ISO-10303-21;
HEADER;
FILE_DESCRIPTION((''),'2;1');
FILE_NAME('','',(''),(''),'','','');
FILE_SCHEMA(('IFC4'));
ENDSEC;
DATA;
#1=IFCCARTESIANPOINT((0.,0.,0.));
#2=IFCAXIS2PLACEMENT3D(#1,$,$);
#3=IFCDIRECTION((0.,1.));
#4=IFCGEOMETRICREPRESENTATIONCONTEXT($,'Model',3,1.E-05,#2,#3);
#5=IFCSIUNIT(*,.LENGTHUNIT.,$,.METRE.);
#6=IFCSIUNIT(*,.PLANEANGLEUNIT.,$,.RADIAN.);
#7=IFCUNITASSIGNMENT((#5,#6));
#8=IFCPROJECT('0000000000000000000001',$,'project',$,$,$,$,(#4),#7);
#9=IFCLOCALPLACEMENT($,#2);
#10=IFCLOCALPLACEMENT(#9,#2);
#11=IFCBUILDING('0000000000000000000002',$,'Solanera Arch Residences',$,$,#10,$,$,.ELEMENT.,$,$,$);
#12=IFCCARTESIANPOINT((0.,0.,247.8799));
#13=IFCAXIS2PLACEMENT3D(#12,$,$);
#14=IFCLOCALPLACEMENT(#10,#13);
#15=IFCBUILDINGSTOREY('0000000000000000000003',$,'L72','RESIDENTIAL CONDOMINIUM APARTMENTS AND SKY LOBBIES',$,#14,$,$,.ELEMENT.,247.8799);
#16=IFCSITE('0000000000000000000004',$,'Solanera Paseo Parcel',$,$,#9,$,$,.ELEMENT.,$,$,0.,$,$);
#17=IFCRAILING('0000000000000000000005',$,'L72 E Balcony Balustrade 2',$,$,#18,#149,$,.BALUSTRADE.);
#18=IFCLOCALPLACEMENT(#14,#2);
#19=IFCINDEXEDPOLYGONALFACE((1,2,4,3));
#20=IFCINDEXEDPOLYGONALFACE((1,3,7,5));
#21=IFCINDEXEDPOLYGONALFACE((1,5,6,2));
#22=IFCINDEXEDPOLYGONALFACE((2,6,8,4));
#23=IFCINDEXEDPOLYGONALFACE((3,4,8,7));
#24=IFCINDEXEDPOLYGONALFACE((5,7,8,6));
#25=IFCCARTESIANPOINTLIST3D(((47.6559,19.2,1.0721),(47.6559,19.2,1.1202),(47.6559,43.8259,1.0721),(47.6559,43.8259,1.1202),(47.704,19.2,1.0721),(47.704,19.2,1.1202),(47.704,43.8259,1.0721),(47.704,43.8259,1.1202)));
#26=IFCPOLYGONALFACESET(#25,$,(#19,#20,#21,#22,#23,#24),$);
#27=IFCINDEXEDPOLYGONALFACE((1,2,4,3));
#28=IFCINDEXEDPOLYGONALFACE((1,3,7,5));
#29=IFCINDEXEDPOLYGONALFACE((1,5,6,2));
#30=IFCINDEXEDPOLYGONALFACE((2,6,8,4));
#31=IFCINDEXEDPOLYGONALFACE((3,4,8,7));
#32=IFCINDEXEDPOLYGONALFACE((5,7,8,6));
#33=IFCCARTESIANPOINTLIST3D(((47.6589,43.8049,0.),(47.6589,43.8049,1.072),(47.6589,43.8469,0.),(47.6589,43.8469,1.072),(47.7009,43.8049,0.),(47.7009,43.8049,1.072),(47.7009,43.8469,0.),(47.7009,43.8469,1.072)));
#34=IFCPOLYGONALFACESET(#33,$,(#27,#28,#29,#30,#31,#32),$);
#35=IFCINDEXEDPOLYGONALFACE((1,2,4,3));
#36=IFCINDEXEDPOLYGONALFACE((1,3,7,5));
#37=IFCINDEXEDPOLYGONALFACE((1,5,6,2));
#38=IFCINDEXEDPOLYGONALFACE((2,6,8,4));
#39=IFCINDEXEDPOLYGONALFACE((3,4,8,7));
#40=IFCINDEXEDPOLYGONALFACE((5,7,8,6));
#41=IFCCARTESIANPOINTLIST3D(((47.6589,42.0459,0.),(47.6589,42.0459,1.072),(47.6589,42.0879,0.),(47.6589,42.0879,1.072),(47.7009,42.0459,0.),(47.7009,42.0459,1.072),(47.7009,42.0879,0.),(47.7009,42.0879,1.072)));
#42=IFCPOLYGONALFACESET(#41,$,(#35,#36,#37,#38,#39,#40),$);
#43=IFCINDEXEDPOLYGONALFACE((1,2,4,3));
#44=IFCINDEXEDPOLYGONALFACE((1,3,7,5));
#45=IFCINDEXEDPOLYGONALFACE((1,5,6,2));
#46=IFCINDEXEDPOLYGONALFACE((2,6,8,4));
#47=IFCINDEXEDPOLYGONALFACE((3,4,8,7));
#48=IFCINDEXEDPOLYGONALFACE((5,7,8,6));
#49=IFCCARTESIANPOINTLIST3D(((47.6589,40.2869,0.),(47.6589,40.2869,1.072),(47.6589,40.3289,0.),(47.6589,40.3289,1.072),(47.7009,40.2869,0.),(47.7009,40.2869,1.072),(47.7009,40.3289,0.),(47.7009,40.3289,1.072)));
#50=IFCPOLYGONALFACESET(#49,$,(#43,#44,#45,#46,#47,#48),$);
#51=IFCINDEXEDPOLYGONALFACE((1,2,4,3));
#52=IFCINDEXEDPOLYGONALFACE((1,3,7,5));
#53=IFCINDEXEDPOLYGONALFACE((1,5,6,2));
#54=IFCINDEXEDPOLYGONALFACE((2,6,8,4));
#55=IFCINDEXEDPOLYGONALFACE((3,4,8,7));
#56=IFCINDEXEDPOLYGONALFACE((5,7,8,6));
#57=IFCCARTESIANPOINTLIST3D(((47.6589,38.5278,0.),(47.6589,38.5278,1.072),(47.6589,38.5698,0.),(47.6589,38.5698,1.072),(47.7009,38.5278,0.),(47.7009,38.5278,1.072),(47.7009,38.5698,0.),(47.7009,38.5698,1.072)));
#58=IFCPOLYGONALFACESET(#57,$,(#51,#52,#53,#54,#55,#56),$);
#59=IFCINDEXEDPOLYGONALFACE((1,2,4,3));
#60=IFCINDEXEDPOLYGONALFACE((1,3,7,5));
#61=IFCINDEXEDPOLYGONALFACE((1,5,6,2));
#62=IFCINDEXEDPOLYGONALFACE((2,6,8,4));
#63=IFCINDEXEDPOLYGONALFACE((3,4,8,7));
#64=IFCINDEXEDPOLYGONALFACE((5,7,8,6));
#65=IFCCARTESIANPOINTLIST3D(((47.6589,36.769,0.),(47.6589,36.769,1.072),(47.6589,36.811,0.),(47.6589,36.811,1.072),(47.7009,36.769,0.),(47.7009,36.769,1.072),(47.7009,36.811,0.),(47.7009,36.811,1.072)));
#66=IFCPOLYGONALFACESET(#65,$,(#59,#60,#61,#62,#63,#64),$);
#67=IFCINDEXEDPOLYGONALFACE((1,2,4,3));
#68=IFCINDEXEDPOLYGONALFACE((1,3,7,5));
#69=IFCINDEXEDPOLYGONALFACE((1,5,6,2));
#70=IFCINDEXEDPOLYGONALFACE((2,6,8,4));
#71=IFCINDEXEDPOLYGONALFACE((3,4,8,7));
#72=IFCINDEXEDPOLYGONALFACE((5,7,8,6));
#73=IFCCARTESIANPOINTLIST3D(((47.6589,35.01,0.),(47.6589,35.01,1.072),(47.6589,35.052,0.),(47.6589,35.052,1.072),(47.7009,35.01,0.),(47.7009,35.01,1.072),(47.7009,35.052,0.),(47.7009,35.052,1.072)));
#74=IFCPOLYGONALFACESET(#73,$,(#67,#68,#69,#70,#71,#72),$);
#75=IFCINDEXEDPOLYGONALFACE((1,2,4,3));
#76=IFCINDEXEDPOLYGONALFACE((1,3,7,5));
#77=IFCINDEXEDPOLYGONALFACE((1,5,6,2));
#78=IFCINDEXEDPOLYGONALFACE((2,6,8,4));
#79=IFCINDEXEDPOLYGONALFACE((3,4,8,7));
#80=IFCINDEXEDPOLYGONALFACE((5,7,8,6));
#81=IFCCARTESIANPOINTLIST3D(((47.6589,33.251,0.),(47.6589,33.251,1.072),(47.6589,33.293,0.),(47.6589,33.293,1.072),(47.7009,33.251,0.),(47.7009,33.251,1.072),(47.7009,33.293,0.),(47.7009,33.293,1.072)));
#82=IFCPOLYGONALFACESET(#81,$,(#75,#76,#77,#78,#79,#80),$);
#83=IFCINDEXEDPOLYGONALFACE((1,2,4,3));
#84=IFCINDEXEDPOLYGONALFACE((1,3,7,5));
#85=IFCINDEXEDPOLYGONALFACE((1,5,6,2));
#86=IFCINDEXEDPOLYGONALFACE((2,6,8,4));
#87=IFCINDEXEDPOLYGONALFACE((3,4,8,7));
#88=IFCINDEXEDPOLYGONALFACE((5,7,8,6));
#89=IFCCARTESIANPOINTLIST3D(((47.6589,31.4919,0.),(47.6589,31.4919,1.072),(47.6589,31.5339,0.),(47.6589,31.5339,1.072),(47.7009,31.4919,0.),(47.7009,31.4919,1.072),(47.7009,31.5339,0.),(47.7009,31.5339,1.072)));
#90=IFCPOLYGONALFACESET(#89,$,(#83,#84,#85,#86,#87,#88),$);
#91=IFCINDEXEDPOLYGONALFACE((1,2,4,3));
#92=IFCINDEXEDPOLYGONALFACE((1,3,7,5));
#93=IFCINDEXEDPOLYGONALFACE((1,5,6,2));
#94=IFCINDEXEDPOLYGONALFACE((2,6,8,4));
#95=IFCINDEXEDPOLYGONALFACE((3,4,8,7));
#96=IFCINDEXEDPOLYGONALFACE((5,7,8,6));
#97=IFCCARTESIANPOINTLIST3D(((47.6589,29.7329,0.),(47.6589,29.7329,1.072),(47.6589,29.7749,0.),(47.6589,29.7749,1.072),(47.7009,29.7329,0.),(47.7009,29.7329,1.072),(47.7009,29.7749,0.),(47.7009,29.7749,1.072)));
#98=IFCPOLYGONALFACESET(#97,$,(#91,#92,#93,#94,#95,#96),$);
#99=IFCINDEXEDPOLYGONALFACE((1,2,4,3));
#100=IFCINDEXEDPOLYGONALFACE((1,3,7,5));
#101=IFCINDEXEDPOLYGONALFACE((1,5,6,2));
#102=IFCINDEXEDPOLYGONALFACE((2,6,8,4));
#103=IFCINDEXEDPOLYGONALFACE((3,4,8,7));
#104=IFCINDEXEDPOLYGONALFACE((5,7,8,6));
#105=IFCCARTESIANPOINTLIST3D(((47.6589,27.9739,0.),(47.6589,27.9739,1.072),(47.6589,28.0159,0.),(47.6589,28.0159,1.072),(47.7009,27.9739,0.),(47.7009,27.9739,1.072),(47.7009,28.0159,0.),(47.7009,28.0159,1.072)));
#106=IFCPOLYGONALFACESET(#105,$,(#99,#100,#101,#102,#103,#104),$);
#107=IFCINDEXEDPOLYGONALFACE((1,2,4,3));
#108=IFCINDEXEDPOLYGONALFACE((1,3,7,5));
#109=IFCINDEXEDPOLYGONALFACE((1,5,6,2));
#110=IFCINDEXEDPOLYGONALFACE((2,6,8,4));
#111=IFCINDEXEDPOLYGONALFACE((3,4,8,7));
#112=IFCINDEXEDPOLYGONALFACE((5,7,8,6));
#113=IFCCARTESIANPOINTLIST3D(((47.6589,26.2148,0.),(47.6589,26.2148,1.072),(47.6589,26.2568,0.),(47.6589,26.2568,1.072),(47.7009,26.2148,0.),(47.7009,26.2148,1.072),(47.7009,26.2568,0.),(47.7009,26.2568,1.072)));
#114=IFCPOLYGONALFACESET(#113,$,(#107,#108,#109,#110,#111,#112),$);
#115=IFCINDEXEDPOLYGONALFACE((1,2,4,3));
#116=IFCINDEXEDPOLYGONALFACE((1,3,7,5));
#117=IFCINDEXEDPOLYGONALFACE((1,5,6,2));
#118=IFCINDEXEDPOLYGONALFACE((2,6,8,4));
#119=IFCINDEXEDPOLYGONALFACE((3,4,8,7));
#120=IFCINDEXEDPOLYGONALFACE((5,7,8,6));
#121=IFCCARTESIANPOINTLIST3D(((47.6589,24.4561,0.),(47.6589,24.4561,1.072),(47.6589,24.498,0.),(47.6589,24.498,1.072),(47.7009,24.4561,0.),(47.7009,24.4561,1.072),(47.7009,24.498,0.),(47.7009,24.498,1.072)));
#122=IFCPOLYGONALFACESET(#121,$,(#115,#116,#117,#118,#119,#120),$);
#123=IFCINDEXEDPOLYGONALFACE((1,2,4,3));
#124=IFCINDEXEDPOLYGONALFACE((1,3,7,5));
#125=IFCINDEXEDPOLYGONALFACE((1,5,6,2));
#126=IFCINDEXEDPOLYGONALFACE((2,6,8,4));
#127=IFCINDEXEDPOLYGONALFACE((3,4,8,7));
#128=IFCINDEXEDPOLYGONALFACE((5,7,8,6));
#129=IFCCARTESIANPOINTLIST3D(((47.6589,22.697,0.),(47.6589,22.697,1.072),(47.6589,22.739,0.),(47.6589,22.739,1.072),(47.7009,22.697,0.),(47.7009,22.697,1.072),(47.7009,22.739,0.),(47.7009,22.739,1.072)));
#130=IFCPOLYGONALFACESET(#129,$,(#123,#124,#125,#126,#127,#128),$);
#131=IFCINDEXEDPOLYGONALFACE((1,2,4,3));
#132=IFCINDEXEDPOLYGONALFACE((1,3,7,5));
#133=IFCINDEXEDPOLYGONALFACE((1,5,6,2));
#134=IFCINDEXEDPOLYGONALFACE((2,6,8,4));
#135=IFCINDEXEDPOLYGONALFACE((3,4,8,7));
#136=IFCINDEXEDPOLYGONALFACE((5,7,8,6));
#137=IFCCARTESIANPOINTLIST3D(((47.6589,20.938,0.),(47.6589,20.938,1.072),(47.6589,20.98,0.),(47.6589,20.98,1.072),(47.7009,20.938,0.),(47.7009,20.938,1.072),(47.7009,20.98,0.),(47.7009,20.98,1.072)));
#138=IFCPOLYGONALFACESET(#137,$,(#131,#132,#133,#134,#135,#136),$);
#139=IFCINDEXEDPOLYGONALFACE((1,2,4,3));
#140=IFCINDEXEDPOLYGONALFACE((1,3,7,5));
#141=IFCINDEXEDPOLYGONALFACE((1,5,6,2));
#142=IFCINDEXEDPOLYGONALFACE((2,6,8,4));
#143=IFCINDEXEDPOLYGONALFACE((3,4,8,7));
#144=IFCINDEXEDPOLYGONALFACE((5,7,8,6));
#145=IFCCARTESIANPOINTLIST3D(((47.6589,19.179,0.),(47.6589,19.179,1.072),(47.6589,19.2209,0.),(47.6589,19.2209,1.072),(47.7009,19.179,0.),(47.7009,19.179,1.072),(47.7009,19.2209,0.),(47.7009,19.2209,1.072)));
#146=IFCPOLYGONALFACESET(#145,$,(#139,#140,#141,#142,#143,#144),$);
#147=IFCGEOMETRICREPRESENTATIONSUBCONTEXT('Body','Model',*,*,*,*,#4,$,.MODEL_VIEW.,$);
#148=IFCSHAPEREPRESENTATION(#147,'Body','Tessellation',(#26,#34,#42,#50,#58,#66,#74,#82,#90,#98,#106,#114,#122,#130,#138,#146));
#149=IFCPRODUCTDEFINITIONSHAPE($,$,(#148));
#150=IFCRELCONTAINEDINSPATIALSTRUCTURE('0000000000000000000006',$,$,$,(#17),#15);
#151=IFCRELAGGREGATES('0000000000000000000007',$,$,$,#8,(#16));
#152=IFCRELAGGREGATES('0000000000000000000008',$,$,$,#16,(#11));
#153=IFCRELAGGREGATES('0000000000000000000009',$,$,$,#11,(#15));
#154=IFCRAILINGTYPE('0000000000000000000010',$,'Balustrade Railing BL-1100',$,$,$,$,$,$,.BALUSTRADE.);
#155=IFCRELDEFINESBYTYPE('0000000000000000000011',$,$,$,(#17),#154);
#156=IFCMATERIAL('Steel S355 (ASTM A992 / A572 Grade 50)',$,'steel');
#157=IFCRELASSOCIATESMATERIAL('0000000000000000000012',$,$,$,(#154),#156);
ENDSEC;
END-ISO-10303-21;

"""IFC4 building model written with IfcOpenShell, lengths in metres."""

from ifc_helpers import new_model, si_unit, direction, frame, origin, origin_2d, place, context, subcontext, project, spatial, rectangle, extrude, material, type_object, element, save


model = new_model("IFC4")

# Units and contexts
model_context = context("Model", 3, precision=1e-05, world=origin(), true_north=direction((0.0, 1.0)))
body_context = subcontext(model_context, "Body", "Model", "MODEL_VIEW")
ifc_project = project(units=[si_unit("LENGTHUNIT", "METRE"), si_unit("PLANEANGLEUNIT", "RADIAN")], contexts=[model_context])

# Site, building, storey
site_placement = place(None, origin())
site = spatial("IfcSite", under=ifc_project, at=site_placement, Name="Solanera Paseo Parcel", CompositionType="ELEMENT", RefElevation=0.0)
building_placement = place(site_placement, origin())
building = spatial("IfcBuilding", under=site, at=building_placement, Name="Solanera Arch Residences", CompositionType="ELEMENT")
storey_placement = place(building_placement, frame((0.0, 0.0, 247.8799)))
storey = spatial("IfcBuildingStorey", under=building, at=storey_placement, Name="L72", Description="RESIDENTIAL CONDOMINIUM APARTMENTS AND SKY LOBBIES", CompositionType="ELEMENT", Elevation=247.8799)

# Railing
ifc_material_1 = material(Name="Steel S355 (ASTM A992 / A572 Grade 50)", Category="steel")
railing_type = type_object("IfcRailingType", Name="Balustrade Railing BL-1100", PredefinedType="BALUSTRADE", material=ifc_material_1)
railing_1_placement = place(storey_placement, frame((47.6799, 43.8259, 0.0)))
element("IfcRailing", 1, at=railing_1_placement, inside=storey, type_object=railing_type, Name="L72 E Balcony Balustrade 2", PredefinedType="BALUSTRADE", context=body_context, shape_type="SweptSolid", body=[
    extrude(rectangle(XDim=0.0481, YDim=0.0481, at=origin_2d()), frame((0.0, 0.0, 1.0962), z_axis=(0.0, -1.0, 0.0), x_axis=(1.0, 0.0, 0.0)), (0.0, 0.0, 1.0), 24.626),
    extrude(rectangle(XDim=0.042, YDim=0.042, at=origin_2d()), origin(), (0.0, 0.0, 1.0), 1.072),
    extrude(rectangle(XDim=0.042, YDim=0.042, at=origin_2d()), frame((0.0, -1.759, 0.0)), (0.0, 0.0, 1.0), 1.072),
    extrude(rectangle(XDim=0.042, YDim=0.042, at=origin_2d()), frame((0.0, -3.5181, 0.0)), (0.0, 0.0, 1.0), 1.072),
    extrude(rectangle(XDim=0.042, YDim=0.042, at=origin_2d()), frame((0.0, -5.2771, 0.0)), (0.0, 0.0, 1.0), 1.072),
    extrude(rectangle(XDim=0.042, YDim=0.042, at=origin_2d()), frame((0.0, -7.0359, 0.0)), (0.0, 0.0, 1.0), 1.072),
    extrude(rectangle(XDim=0.042, YDim=0.042, at=origin_2d()), frame((0.0, -8.7949, 0.0)), (0.0, 0.0, 1.0), 1.072),
    extrude(rectangle(XDim=0.042, YDim=0.042, at=origin_2d()), frame((0.0, -10.554, 0.0)), (0.0, 0.0, 1.0), 1.072),
    extrude(rectangle(XDim=0.042, YDim=0.042, at=origin_2d()), frame((0.0, -12.313, 0.0)), (0.0, 0.0, 1.0), 1.072),
    extrude(rectangle(XDim=0.042, YDim=0.042, at=origin_2d()), frame((0.0, -14.072, 0.0)), (0.0, 0.0, 1.0), 1.072),
    extrude(rectangle(XDim=0.042, YDim=0.042, at=origin_2d()), frame((0.0, -15.8311, 0.0)), (0.0, 0.0, 1.0), 1.072),
    extrude(rectangle(XDim=0.042, YDim=0.042, at=origin_2d()), frame((0.0, -17.5901, 0.0)), (0.0, 0.0, 1.0), 1.072),
    extrude(rectangle(XDim=0.042, YDim=0.042, at=origin_2d()), frame((0.0, -19.3489, 0.0)), (0.0, 0.0, 1.0), 1.072),
    extrude(rectangle(XDim=0.042, YDim=0.042, at=origin_2d()), frame((0.0, -21.1079, 0.0)), (0.0, 0.0, 1.0), 1.072),
    extrude(rectangle(XDim=0.042, YDim=0.042, at=origin_2d()), frame((0.0, -22.8669, 0.0)), (0.0, 0.0, 1.0), 1.072),
    extrude(rectangle(XDim=0.042, YDim=0.042, at=origin_2d()), frame((0.0, -24.626, 0.0)), (0.0, 0.0, 1.0), 1.072),
])

save(model, "model.ifc")
